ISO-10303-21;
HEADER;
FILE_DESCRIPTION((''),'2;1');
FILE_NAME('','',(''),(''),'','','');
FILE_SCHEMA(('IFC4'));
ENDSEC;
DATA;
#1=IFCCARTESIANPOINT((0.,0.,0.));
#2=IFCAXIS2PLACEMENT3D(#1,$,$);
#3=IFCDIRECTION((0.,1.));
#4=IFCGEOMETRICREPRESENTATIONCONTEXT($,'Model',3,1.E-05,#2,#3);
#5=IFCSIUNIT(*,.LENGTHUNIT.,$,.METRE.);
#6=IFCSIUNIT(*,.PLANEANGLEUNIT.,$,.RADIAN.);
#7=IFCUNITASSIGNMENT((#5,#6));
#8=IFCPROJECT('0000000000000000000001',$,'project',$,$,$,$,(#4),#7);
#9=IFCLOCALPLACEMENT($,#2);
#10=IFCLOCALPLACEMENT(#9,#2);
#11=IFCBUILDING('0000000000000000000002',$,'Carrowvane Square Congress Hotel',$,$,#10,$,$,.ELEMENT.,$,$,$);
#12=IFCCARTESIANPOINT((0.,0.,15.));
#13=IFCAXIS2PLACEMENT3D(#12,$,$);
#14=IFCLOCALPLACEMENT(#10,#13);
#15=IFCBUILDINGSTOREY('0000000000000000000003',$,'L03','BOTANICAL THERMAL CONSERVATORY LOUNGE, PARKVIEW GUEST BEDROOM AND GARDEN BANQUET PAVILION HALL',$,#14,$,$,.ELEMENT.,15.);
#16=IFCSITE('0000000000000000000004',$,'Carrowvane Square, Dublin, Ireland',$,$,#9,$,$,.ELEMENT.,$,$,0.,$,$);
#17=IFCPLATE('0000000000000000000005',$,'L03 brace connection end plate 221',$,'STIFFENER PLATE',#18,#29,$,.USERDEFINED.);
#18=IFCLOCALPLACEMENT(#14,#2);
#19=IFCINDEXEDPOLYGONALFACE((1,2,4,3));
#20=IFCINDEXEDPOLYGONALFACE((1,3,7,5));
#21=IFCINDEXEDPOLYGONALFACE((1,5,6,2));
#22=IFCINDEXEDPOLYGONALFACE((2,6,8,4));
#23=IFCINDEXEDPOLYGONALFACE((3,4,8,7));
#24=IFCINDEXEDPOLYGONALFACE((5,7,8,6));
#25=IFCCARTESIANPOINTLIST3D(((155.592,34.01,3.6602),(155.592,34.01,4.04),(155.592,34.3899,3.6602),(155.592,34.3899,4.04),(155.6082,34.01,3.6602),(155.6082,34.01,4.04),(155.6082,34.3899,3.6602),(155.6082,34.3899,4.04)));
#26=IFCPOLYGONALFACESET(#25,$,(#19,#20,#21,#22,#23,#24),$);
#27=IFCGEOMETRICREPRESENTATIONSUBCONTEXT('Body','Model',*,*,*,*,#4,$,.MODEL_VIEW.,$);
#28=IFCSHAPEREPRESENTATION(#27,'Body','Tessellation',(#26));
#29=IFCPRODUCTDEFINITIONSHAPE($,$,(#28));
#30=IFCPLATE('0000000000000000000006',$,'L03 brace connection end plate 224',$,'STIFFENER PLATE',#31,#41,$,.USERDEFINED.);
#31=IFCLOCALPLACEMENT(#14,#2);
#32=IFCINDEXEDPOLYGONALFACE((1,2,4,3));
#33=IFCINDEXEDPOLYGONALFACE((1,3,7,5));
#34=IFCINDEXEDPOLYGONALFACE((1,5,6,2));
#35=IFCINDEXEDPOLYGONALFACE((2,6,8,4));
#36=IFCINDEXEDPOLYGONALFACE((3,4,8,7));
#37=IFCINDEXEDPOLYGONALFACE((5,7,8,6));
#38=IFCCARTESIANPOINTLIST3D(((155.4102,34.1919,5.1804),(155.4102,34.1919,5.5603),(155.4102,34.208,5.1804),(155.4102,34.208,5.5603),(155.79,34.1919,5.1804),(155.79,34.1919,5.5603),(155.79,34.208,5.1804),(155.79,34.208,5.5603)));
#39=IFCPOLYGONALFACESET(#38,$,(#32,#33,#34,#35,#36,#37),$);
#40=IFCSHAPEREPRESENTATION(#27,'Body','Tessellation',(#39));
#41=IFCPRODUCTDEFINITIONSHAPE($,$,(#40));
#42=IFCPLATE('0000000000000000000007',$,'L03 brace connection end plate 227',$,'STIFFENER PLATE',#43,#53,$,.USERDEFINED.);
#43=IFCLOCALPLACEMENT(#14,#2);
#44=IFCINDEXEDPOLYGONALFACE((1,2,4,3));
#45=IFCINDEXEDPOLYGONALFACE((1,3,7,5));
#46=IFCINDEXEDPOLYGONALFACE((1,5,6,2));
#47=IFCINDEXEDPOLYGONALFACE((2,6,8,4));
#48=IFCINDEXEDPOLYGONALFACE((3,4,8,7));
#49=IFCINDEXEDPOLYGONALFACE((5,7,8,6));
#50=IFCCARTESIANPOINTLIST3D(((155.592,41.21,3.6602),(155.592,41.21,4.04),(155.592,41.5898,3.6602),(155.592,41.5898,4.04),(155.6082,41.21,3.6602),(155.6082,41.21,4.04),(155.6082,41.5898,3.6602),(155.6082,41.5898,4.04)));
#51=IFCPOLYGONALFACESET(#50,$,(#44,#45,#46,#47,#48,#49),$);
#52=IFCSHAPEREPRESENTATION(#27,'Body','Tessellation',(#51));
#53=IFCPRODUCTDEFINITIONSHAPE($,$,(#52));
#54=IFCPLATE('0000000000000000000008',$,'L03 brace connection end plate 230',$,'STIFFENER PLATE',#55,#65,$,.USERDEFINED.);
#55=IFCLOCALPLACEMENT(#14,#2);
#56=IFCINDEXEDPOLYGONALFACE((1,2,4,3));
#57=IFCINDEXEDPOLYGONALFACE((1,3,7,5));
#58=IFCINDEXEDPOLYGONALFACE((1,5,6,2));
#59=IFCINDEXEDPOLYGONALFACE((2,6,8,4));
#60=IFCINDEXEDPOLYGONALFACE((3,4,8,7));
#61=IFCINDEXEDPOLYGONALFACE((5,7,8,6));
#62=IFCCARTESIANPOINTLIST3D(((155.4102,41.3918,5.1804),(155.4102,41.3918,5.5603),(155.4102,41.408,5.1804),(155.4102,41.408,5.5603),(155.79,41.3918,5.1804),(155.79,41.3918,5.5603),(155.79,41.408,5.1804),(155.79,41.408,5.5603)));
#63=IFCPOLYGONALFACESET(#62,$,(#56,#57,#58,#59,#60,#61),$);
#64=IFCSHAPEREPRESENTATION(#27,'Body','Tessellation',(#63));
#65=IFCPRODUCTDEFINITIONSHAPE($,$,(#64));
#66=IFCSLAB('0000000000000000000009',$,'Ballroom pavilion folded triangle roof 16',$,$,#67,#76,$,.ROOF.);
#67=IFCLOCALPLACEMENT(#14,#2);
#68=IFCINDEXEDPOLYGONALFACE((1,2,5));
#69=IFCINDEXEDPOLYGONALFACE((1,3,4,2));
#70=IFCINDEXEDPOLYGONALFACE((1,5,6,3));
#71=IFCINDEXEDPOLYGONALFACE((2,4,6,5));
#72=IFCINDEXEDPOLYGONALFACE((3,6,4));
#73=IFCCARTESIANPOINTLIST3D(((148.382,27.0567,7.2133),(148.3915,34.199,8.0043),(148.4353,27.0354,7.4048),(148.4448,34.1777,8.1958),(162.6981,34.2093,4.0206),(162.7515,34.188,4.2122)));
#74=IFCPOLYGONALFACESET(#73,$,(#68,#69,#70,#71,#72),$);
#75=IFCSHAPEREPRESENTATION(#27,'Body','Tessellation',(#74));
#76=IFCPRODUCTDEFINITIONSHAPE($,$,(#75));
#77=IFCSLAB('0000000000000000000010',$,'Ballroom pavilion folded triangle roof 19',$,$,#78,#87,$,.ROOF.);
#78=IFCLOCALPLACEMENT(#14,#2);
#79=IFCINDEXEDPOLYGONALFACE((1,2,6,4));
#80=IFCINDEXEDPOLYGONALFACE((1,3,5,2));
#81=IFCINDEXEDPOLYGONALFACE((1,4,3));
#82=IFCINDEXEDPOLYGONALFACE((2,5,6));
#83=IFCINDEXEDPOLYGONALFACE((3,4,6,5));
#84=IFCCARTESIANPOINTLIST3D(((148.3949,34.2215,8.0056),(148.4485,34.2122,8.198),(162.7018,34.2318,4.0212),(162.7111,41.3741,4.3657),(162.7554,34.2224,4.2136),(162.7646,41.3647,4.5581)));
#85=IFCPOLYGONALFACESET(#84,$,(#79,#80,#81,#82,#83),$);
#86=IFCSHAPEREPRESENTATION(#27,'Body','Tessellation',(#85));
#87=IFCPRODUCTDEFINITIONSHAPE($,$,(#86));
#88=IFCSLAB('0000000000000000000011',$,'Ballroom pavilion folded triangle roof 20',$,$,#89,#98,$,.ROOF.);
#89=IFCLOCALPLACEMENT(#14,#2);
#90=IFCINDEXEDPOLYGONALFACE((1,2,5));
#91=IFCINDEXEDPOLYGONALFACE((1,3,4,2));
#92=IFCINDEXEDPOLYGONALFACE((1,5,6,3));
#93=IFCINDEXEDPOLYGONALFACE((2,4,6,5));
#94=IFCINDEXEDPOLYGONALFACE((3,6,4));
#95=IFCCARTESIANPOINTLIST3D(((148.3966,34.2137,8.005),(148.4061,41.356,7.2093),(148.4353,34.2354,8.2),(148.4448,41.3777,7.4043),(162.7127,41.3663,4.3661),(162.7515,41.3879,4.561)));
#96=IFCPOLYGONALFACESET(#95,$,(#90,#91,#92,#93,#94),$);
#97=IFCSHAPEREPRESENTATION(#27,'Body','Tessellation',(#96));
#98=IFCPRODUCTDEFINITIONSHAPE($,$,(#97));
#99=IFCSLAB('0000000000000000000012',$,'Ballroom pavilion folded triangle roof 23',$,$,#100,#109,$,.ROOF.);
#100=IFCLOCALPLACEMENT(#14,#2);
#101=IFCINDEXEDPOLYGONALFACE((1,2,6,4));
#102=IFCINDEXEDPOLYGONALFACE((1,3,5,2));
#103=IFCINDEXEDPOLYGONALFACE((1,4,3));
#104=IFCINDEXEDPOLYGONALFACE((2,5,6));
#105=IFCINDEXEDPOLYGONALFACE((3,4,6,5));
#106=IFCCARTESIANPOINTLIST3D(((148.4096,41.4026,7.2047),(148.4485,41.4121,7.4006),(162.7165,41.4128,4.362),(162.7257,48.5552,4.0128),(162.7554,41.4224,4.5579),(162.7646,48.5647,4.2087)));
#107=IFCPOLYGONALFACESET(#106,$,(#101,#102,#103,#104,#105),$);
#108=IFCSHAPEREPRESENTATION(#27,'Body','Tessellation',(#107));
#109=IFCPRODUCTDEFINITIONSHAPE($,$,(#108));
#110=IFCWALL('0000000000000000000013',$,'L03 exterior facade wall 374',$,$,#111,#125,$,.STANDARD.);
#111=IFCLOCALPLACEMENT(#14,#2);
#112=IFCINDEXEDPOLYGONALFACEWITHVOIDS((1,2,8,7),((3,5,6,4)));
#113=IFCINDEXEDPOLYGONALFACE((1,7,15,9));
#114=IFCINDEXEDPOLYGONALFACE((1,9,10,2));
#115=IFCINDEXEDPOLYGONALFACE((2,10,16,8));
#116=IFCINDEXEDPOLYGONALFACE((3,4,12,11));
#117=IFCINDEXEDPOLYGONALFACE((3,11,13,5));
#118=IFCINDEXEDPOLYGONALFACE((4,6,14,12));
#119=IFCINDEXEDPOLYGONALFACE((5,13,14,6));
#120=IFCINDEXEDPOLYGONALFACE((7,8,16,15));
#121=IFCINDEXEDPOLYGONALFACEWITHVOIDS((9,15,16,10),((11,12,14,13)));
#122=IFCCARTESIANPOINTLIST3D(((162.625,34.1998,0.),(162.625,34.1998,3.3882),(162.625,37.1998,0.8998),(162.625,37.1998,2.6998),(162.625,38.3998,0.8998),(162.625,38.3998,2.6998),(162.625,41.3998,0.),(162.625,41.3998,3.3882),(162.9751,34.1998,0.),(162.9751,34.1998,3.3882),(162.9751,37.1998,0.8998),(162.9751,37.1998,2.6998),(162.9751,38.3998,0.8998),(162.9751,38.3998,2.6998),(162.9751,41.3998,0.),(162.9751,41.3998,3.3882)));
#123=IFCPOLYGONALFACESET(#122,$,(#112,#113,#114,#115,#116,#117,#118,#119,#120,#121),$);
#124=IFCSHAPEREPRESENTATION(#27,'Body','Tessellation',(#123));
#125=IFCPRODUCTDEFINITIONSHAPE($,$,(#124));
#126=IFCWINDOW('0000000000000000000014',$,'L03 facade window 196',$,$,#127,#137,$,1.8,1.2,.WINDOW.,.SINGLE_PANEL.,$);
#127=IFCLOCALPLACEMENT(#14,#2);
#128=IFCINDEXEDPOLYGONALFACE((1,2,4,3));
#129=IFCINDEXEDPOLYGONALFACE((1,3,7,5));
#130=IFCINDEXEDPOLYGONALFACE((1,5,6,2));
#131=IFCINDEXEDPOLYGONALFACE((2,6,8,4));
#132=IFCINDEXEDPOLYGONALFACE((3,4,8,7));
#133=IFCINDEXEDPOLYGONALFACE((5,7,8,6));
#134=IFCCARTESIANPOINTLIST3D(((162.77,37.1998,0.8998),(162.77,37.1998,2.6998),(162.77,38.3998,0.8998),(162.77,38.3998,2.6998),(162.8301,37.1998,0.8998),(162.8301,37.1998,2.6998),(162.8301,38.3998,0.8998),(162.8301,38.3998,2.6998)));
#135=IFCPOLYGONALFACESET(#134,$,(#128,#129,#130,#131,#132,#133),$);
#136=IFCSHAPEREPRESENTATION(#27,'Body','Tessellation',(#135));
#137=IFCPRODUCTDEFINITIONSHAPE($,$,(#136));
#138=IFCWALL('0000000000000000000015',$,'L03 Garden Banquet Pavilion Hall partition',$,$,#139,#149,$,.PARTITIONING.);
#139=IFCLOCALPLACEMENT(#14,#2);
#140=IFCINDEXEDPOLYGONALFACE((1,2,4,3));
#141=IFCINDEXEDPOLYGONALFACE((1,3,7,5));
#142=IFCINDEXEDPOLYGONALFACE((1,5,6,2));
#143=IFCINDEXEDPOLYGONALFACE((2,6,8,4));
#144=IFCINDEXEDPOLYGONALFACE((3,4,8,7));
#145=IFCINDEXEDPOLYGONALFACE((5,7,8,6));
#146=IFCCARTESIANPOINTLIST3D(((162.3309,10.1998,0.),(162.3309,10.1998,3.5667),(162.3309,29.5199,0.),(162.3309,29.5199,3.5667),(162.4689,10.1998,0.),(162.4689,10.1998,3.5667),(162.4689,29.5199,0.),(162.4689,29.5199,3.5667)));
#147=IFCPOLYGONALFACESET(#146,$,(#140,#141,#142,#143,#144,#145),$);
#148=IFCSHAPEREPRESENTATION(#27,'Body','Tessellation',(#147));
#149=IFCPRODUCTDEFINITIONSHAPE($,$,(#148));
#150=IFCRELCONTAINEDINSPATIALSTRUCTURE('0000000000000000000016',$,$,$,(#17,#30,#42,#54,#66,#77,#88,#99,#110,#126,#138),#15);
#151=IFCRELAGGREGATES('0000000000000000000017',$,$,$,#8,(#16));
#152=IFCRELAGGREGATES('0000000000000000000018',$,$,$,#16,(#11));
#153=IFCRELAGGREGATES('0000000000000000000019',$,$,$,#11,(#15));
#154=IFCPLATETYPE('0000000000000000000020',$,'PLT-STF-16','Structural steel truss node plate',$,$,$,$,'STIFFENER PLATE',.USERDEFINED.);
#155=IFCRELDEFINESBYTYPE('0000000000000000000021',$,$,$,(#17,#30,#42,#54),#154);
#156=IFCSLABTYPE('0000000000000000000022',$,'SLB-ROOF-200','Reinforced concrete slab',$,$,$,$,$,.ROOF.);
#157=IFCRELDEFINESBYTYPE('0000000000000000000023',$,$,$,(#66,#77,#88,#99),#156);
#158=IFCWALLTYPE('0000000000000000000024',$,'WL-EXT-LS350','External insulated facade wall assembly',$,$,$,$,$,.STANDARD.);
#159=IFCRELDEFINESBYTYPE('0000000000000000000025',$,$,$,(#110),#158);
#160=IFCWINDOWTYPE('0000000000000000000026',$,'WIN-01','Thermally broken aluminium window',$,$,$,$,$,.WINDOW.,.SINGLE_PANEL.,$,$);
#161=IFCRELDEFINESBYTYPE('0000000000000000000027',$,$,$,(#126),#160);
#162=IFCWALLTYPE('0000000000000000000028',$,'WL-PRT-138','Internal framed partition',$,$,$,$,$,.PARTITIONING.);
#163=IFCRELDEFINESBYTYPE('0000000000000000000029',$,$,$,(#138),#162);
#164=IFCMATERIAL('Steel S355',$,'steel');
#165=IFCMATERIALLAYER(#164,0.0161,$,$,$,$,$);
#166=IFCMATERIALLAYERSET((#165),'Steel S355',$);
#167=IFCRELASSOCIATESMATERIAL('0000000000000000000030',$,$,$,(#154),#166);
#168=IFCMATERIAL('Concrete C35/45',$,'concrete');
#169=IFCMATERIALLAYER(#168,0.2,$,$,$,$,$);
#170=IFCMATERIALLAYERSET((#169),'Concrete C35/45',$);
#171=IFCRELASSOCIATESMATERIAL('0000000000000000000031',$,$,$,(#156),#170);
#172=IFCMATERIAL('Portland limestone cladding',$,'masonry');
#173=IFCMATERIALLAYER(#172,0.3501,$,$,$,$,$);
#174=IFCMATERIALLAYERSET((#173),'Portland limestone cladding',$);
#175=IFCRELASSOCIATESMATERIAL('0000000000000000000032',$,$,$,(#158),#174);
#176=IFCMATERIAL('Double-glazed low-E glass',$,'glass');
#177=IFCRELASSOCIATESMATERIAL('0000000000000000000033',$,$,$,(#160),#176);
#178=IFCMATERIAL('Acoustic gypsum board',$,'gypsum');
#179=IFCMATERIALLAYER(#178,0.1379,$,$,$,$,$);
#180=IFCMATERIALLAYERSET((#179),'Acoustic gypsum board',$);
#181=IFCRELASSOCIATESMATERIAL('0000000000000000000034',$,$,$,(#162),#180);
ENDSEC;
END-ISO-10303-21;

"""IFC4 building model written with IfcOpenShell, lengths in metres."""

from ifc_helpers import new_model, si_unit, direction, frame, frame_2d, origin, origin_2d, place, context, subcontext, project, spatial, polyline, rectangle, outline, extrude, material, layer, layer_set, type_object, element, fill, save


model = new_model("IFC4")

# Units and contexts
model_context = context("Model", 3, precision=1e-05, world=origin(), true_north=direction((0.0, 1.0)))
body_context = subcontext(model_context, "Body", "Model", "MODEL_VIEW")
ifc_project = project(units=[si_unit("LENGTHUNIT", "METRE"), si_unit("PLANEANGLEUNIT", "RADIAN")], contexts=[model_context])

# Site, building, storey
site_placement = place(None, origin())
site = spatial("IfcSite", under=ifc_project, at=site_placement, Name="Carrowvane Square, Dublin, Ireland", CompositionType="ELEMENT", RefElevation=0.0)
building_placement = place(site_placement, origin())
building = spatial("IfcBuilding", under=site, at=building_placement, Name="Carrowvane Square Congress Hotel", CompositionType="ELEMENT")
storey_placement = place(building_placement, frame((0.0, 0.0, 15.0)))
storey = spatial("IfcBuildingStorey", under=building, at=storey_placement, Name="L03", Description="BOTANICAL THERMAL CONSERVATORY LOUNGE, PARKVIEW GUEST BEDROOM AND GARDEN BANQUET PAVILION HALL", CompositionType="ELEMENT", Elevation=15.0)

# Plates
ifc_material_1 = material(Name="Steel S355", Category="steel")
ifc_layer_1 = layer(ifc_material_1, 0.0161)
ifc_layer_set_1 = layer_set([ifc_layer_1], Name="Steel S355")
plate_type_1 = type_object("IfcPlateType", Name="PLT-STF-16", Description="Structural steel truss node plate", ElementType="STIFFENER PLATE", PredefinedType="USERDEFINED", material=ifc_layer_set_1)
plate_1_placement = place(storey_placement, frame((155.6001, 34.2, 3.6602), z_axis=(0.0, 0.0, 1.0), x_axis=(1.0, 0.0, 0.0)))
element("IfcPlate", 1, at=plate_1_placement, inside=storey, type_object=plate_type_1, Name="L03 brace connection end plate 221", ObjectType="STIFFENER PLATE", PredefinedType="USERDEFINED", context=body_context, shape_type="SweptSolid", body=[
    extrude(rectangle(XDim=0.0161, YDim=0.3799, at=origin_2d()), origin(), (0.0, 0.0, 1.0), 0.3799),
])
plate_2_placement = place(storey_placement, frame((155.6001, 34.2, 5.1804), z_axis=(0.0, 0.0, 1.0), x_axis=(1.0, 0.0, 0.0)))
element("IfcPlate", 2, at=plate_2_placement, inside=storey, type_object=plate_type_1, Name="L03 brace connection end plate 224", ObjectType="STIFFENER PLATE", PredefinedType="USERDEFINED", context=body_context, shape_type="SweptSolid", body=[
    extrude(rectangle(XDim=0.3799, YDim=0.0161, at=origin_2d()), origin(), (0.0, 0.0, 1.0), 0.3799),
])
plate_3_placement = place(storey_placement, frame((155.6001, 41.3999, 3.6602), z_axis=(0.0, 0.0, 1.0), x_axis=(1.0, 0.0, 0.0)))
element("IfcPlate", 3, at=plate_3_placement, inside=storey, type_object=plate_type_1, Name="L03 brace connection end plate 227", ObjectType="STIFFENER PLATE", PredefinedType="USERDEFINED", context=body_context, shape_type="SweptSolid", body=[
    extrude(rectangle(XDim=0.0161, YDim=0.3799, at=origin_2d()), origin(), (0.0, 0.0, 1.0), 0.3799),
])
plate_4_placement = place(storey_placement, frame((155.6001, 41.3999, 5.1804), z_axis=(0.0, 0.0, 1.0), x_axis=(1.0, 0.0, 0.0)))
element("IfcPlate", 4, at=plate_4_placement, inside=storey, type_object=plate_type_1, Name="L03 brace connection end plate 230", ObjectType="STIFFENER PLATE", PredefinedType="USERDEFINED", context=body_context, shape_type="SweptSolid", body=[
    extrude(rectangle(XDim=0.3799, YDim=0.0161, at=origin_2d()), origin(), (0.0, 0.0, 1.0), 0.3799),
])

# Slabs
ifc_material_2 = material(Name="Concrete C35/45", Category="concrete")
ifc_layer_2 = layer(ifc_material_2, 0.2)
ifc_layer_set_2 = layer_set([ifc_layer_2], Name="Concrete C35/45")
slab_type = type_object("IfcSlabType", Name="SLB-ROOF-200", Description="Reinforced concrete slab", PredefinedType="ROOF", material=ifc_layer_set_2)
slab_1_placement = place(storey_placement, frame((148.4353, 27.0354, 7.4048), z_axis=(0.266789, -0.106439, 0.957859), x_axis=(0.877278, 0.438302, -0.19564)))
element("IfcSlab", 5, at=slab_1_placement, inside=storey, type_object=slab_type, Name="Ballroom pavilion folded triangle roof 16", PredefinedType="ROOF", context=body_context, shape_type="SweptSolid", body=[
    extrude(outline(polyline([(0.0, 0.0), (16.3189, 0.0), (2.9841, 6.5371), (0.0, 0.0)])), origin(), (0.0, 0.0, -1.0), 0.2),
])
slab_2_placement = place(storey_placement, frame((148.4485, 34.2122, 8.198), z_axis=(0.268022, -0.04676, 0.962277), x_axis=(0.96334, 0.00069, -0.268284)))
element("IfcSlab", 6, at=slab_2_placement, inside=storey, type_object=slab_type, Name="Ballroom pavilion folded triangle roof 19", PredefinedType="ROOF", context=body_context, shape_type="SweptSolid", body=[
    extrude(outline(polyline([(0.0, 0.0), (14.8513, 0.0), (14.7728, 7.1502), (0.0, 0.0)])), origin(), (0.0, 0.0, -1.0), 0.2),
])
slab_3_placement = place(storey_placement, frame((148.4353, 34.2354, 8.2), z_axis=(0.193703, 0.108363, 0.975057), x_axis=(0.872298, 0.435815, -0.221723)))
element("IfcSlab", 7, at=slab_3_placement, inside=storey, type_object=slab_type, Name="Ballroom pavilion folded triangle roof 20", PredefinedType="ROOF", context=body_context, shape_type="SweptSolid", body=[
    extrude(outline(polyline([(0.0, 0.0), (16.412, 0.0), (3.2975, 6.3854), (0.0, 0.0)])), origin(), (0.0, 0.0, -1.0), 0.2),
])
slab_4_placement = place(storey_placement, frame((148.4485, 41.4121, 7.4006), z_axis=(0.194636, 0.047636, 0.979718), x_axis=(0.980825, 0.000703, -0.19489)))
element("IfcSlab", 8, at=slab_4_placement, inside=storey, type_object=slab_type, Name="Ballroom pavilion folded triangle roof 23", PredefinedType="ROOF", context=body_context, shape_type="SweptSolid", body=[
    extrude(outline(polyline([(0.0, 0.0), (14.5866, 0.0), (14.6687, 7.1504), (0.0, 0.0)])), origin(), (0.0, 0.0, -1.0), 0.2),
])

# Wall, opening, window
ifc_material_3 = material(Name="Portland limestone cladding", Category="masonry")
ifc_layer_3 = layer(ifc_material_3, 0.3501)
ifc_layer_set_3 = layer_set([ifc_layer_3], Name="Portland limestone cladding")
wall_type_1 = type_object("IfcWallType", Name="WL-EXT-LS350", Description="External insulated facade wall assembly", PredefinedType="STANDARD", material=ifc_layer_set_3)
wall_1_placement = place(storey_placement, frame((162.8, 41.3999, 0.0), z_axis=(0.0, 0.0, 1.0), x_axis=(0.0, -1.0, 0.0)))
wall_1 = element("IfcWall", 9, at=wall_1_placement, inside=storey, type_object=wall_type_1, Name="L03 exterior facade wall 374", PredefinedType="STANDARD", context=body_context, shape_type="SweptSolid", body=[
    extrude(rectangle(XDim=7.2, YDim=0.3501, at=frame_2d((3.6001, 0.0))), origin(), (0.0, 0.0, 1.0), 3.3882),
])
opening_1_placement = place(wall_1_placement, frame((3.0, 0.0, 0.8999)))
opening_1 = element("IfcOpeningElement", 10, at=opening_1_placement, cuts=wall_1, PredefinedType="OPENING", context=body_context, shape_type="SweptSolid", body=[
    extrude(rectangle(XDim=1.2, YDim=1.8, at=frame_2d((0.6001, 0.8999))), frame((0.0, 0.1851, 0.0), z_axis=(0.0, -1.0, 0.0), x_axis=(1.0, 0.0, 0.0)), (0.0, 0.0, 1.0), 0.3701),
])
ifc_material_4 = material(Name="Double-glazed low-E glass", Category="glass")
window_type = type_object("IfcWindowType", Name="WIN-01", Description="Thermally broken aluminium window", PartitioningType="SINGLE_PANEL", PredefinedType="WINDOW", material=ifc_material_4)
window_placement = place(opening_1_placement, origin())
window = element("IfcWindow", 11, at=window_placement, inside=storey, type_object=window_type, Name="L03 facade window 196", OverallHeight=1.8, OverallWidth=1.2, PartitioningType="SINGLE_PANEL", PredefinedType="WINDOW", context=body_context, shape_type="SweptSolid", body=[
    extrude(rectangle(XDim=1.2, YDim=1.8, at=frame_2d((0.6001, 0.8999))), frame((0.0, 0.03, 0.0), z_axis=(0.0, -1.0, 0.0), x_axis=(1.0, 0.0, 0.0)), (0.0, 0.0, 1.0), 0.0601),
])
fill(opening_1, window)

# Wall
ifc_material_5 = material(Name="Acoustic gypsum board", Category="gypsum")
ifc_layer_4 = layer(ifc_material_5, 0.1379)
ifc_layer_set_4 = layer_set([ifc_layer_4], Name="Acoustic gypsum board")
wall_type_2 = type_object("IfcWallType", Name="WL-PRT-138", Description="Internal framed partition", PredefinedType="PARTITIONING", material=ifc_layer_set_4)
wall_2_placement = place(storey_placement, frame((162.3999, 29.52, 0.0), z_axis=(0.0, 0.0, 1.0), x_axis=(0.0, -1.0, 0.0)))
element("IfcWall", 12, at=wall_2_placement, inside=storey, type_object=wall_type_2, Name="L03 Garden Banquet Pavilion Hall partition", PredefinedType="PARTITIONING", context=body_context, shape_type="SweptSolid", body=[
    extrude(rectangle(XDim=19.3201, YDim=0.1379, at=frame_2d((9.6602, 0.0))), origin(), (0.0, 0.0, 1.0), 3.5667),
])

save(model, "model.ifc")
